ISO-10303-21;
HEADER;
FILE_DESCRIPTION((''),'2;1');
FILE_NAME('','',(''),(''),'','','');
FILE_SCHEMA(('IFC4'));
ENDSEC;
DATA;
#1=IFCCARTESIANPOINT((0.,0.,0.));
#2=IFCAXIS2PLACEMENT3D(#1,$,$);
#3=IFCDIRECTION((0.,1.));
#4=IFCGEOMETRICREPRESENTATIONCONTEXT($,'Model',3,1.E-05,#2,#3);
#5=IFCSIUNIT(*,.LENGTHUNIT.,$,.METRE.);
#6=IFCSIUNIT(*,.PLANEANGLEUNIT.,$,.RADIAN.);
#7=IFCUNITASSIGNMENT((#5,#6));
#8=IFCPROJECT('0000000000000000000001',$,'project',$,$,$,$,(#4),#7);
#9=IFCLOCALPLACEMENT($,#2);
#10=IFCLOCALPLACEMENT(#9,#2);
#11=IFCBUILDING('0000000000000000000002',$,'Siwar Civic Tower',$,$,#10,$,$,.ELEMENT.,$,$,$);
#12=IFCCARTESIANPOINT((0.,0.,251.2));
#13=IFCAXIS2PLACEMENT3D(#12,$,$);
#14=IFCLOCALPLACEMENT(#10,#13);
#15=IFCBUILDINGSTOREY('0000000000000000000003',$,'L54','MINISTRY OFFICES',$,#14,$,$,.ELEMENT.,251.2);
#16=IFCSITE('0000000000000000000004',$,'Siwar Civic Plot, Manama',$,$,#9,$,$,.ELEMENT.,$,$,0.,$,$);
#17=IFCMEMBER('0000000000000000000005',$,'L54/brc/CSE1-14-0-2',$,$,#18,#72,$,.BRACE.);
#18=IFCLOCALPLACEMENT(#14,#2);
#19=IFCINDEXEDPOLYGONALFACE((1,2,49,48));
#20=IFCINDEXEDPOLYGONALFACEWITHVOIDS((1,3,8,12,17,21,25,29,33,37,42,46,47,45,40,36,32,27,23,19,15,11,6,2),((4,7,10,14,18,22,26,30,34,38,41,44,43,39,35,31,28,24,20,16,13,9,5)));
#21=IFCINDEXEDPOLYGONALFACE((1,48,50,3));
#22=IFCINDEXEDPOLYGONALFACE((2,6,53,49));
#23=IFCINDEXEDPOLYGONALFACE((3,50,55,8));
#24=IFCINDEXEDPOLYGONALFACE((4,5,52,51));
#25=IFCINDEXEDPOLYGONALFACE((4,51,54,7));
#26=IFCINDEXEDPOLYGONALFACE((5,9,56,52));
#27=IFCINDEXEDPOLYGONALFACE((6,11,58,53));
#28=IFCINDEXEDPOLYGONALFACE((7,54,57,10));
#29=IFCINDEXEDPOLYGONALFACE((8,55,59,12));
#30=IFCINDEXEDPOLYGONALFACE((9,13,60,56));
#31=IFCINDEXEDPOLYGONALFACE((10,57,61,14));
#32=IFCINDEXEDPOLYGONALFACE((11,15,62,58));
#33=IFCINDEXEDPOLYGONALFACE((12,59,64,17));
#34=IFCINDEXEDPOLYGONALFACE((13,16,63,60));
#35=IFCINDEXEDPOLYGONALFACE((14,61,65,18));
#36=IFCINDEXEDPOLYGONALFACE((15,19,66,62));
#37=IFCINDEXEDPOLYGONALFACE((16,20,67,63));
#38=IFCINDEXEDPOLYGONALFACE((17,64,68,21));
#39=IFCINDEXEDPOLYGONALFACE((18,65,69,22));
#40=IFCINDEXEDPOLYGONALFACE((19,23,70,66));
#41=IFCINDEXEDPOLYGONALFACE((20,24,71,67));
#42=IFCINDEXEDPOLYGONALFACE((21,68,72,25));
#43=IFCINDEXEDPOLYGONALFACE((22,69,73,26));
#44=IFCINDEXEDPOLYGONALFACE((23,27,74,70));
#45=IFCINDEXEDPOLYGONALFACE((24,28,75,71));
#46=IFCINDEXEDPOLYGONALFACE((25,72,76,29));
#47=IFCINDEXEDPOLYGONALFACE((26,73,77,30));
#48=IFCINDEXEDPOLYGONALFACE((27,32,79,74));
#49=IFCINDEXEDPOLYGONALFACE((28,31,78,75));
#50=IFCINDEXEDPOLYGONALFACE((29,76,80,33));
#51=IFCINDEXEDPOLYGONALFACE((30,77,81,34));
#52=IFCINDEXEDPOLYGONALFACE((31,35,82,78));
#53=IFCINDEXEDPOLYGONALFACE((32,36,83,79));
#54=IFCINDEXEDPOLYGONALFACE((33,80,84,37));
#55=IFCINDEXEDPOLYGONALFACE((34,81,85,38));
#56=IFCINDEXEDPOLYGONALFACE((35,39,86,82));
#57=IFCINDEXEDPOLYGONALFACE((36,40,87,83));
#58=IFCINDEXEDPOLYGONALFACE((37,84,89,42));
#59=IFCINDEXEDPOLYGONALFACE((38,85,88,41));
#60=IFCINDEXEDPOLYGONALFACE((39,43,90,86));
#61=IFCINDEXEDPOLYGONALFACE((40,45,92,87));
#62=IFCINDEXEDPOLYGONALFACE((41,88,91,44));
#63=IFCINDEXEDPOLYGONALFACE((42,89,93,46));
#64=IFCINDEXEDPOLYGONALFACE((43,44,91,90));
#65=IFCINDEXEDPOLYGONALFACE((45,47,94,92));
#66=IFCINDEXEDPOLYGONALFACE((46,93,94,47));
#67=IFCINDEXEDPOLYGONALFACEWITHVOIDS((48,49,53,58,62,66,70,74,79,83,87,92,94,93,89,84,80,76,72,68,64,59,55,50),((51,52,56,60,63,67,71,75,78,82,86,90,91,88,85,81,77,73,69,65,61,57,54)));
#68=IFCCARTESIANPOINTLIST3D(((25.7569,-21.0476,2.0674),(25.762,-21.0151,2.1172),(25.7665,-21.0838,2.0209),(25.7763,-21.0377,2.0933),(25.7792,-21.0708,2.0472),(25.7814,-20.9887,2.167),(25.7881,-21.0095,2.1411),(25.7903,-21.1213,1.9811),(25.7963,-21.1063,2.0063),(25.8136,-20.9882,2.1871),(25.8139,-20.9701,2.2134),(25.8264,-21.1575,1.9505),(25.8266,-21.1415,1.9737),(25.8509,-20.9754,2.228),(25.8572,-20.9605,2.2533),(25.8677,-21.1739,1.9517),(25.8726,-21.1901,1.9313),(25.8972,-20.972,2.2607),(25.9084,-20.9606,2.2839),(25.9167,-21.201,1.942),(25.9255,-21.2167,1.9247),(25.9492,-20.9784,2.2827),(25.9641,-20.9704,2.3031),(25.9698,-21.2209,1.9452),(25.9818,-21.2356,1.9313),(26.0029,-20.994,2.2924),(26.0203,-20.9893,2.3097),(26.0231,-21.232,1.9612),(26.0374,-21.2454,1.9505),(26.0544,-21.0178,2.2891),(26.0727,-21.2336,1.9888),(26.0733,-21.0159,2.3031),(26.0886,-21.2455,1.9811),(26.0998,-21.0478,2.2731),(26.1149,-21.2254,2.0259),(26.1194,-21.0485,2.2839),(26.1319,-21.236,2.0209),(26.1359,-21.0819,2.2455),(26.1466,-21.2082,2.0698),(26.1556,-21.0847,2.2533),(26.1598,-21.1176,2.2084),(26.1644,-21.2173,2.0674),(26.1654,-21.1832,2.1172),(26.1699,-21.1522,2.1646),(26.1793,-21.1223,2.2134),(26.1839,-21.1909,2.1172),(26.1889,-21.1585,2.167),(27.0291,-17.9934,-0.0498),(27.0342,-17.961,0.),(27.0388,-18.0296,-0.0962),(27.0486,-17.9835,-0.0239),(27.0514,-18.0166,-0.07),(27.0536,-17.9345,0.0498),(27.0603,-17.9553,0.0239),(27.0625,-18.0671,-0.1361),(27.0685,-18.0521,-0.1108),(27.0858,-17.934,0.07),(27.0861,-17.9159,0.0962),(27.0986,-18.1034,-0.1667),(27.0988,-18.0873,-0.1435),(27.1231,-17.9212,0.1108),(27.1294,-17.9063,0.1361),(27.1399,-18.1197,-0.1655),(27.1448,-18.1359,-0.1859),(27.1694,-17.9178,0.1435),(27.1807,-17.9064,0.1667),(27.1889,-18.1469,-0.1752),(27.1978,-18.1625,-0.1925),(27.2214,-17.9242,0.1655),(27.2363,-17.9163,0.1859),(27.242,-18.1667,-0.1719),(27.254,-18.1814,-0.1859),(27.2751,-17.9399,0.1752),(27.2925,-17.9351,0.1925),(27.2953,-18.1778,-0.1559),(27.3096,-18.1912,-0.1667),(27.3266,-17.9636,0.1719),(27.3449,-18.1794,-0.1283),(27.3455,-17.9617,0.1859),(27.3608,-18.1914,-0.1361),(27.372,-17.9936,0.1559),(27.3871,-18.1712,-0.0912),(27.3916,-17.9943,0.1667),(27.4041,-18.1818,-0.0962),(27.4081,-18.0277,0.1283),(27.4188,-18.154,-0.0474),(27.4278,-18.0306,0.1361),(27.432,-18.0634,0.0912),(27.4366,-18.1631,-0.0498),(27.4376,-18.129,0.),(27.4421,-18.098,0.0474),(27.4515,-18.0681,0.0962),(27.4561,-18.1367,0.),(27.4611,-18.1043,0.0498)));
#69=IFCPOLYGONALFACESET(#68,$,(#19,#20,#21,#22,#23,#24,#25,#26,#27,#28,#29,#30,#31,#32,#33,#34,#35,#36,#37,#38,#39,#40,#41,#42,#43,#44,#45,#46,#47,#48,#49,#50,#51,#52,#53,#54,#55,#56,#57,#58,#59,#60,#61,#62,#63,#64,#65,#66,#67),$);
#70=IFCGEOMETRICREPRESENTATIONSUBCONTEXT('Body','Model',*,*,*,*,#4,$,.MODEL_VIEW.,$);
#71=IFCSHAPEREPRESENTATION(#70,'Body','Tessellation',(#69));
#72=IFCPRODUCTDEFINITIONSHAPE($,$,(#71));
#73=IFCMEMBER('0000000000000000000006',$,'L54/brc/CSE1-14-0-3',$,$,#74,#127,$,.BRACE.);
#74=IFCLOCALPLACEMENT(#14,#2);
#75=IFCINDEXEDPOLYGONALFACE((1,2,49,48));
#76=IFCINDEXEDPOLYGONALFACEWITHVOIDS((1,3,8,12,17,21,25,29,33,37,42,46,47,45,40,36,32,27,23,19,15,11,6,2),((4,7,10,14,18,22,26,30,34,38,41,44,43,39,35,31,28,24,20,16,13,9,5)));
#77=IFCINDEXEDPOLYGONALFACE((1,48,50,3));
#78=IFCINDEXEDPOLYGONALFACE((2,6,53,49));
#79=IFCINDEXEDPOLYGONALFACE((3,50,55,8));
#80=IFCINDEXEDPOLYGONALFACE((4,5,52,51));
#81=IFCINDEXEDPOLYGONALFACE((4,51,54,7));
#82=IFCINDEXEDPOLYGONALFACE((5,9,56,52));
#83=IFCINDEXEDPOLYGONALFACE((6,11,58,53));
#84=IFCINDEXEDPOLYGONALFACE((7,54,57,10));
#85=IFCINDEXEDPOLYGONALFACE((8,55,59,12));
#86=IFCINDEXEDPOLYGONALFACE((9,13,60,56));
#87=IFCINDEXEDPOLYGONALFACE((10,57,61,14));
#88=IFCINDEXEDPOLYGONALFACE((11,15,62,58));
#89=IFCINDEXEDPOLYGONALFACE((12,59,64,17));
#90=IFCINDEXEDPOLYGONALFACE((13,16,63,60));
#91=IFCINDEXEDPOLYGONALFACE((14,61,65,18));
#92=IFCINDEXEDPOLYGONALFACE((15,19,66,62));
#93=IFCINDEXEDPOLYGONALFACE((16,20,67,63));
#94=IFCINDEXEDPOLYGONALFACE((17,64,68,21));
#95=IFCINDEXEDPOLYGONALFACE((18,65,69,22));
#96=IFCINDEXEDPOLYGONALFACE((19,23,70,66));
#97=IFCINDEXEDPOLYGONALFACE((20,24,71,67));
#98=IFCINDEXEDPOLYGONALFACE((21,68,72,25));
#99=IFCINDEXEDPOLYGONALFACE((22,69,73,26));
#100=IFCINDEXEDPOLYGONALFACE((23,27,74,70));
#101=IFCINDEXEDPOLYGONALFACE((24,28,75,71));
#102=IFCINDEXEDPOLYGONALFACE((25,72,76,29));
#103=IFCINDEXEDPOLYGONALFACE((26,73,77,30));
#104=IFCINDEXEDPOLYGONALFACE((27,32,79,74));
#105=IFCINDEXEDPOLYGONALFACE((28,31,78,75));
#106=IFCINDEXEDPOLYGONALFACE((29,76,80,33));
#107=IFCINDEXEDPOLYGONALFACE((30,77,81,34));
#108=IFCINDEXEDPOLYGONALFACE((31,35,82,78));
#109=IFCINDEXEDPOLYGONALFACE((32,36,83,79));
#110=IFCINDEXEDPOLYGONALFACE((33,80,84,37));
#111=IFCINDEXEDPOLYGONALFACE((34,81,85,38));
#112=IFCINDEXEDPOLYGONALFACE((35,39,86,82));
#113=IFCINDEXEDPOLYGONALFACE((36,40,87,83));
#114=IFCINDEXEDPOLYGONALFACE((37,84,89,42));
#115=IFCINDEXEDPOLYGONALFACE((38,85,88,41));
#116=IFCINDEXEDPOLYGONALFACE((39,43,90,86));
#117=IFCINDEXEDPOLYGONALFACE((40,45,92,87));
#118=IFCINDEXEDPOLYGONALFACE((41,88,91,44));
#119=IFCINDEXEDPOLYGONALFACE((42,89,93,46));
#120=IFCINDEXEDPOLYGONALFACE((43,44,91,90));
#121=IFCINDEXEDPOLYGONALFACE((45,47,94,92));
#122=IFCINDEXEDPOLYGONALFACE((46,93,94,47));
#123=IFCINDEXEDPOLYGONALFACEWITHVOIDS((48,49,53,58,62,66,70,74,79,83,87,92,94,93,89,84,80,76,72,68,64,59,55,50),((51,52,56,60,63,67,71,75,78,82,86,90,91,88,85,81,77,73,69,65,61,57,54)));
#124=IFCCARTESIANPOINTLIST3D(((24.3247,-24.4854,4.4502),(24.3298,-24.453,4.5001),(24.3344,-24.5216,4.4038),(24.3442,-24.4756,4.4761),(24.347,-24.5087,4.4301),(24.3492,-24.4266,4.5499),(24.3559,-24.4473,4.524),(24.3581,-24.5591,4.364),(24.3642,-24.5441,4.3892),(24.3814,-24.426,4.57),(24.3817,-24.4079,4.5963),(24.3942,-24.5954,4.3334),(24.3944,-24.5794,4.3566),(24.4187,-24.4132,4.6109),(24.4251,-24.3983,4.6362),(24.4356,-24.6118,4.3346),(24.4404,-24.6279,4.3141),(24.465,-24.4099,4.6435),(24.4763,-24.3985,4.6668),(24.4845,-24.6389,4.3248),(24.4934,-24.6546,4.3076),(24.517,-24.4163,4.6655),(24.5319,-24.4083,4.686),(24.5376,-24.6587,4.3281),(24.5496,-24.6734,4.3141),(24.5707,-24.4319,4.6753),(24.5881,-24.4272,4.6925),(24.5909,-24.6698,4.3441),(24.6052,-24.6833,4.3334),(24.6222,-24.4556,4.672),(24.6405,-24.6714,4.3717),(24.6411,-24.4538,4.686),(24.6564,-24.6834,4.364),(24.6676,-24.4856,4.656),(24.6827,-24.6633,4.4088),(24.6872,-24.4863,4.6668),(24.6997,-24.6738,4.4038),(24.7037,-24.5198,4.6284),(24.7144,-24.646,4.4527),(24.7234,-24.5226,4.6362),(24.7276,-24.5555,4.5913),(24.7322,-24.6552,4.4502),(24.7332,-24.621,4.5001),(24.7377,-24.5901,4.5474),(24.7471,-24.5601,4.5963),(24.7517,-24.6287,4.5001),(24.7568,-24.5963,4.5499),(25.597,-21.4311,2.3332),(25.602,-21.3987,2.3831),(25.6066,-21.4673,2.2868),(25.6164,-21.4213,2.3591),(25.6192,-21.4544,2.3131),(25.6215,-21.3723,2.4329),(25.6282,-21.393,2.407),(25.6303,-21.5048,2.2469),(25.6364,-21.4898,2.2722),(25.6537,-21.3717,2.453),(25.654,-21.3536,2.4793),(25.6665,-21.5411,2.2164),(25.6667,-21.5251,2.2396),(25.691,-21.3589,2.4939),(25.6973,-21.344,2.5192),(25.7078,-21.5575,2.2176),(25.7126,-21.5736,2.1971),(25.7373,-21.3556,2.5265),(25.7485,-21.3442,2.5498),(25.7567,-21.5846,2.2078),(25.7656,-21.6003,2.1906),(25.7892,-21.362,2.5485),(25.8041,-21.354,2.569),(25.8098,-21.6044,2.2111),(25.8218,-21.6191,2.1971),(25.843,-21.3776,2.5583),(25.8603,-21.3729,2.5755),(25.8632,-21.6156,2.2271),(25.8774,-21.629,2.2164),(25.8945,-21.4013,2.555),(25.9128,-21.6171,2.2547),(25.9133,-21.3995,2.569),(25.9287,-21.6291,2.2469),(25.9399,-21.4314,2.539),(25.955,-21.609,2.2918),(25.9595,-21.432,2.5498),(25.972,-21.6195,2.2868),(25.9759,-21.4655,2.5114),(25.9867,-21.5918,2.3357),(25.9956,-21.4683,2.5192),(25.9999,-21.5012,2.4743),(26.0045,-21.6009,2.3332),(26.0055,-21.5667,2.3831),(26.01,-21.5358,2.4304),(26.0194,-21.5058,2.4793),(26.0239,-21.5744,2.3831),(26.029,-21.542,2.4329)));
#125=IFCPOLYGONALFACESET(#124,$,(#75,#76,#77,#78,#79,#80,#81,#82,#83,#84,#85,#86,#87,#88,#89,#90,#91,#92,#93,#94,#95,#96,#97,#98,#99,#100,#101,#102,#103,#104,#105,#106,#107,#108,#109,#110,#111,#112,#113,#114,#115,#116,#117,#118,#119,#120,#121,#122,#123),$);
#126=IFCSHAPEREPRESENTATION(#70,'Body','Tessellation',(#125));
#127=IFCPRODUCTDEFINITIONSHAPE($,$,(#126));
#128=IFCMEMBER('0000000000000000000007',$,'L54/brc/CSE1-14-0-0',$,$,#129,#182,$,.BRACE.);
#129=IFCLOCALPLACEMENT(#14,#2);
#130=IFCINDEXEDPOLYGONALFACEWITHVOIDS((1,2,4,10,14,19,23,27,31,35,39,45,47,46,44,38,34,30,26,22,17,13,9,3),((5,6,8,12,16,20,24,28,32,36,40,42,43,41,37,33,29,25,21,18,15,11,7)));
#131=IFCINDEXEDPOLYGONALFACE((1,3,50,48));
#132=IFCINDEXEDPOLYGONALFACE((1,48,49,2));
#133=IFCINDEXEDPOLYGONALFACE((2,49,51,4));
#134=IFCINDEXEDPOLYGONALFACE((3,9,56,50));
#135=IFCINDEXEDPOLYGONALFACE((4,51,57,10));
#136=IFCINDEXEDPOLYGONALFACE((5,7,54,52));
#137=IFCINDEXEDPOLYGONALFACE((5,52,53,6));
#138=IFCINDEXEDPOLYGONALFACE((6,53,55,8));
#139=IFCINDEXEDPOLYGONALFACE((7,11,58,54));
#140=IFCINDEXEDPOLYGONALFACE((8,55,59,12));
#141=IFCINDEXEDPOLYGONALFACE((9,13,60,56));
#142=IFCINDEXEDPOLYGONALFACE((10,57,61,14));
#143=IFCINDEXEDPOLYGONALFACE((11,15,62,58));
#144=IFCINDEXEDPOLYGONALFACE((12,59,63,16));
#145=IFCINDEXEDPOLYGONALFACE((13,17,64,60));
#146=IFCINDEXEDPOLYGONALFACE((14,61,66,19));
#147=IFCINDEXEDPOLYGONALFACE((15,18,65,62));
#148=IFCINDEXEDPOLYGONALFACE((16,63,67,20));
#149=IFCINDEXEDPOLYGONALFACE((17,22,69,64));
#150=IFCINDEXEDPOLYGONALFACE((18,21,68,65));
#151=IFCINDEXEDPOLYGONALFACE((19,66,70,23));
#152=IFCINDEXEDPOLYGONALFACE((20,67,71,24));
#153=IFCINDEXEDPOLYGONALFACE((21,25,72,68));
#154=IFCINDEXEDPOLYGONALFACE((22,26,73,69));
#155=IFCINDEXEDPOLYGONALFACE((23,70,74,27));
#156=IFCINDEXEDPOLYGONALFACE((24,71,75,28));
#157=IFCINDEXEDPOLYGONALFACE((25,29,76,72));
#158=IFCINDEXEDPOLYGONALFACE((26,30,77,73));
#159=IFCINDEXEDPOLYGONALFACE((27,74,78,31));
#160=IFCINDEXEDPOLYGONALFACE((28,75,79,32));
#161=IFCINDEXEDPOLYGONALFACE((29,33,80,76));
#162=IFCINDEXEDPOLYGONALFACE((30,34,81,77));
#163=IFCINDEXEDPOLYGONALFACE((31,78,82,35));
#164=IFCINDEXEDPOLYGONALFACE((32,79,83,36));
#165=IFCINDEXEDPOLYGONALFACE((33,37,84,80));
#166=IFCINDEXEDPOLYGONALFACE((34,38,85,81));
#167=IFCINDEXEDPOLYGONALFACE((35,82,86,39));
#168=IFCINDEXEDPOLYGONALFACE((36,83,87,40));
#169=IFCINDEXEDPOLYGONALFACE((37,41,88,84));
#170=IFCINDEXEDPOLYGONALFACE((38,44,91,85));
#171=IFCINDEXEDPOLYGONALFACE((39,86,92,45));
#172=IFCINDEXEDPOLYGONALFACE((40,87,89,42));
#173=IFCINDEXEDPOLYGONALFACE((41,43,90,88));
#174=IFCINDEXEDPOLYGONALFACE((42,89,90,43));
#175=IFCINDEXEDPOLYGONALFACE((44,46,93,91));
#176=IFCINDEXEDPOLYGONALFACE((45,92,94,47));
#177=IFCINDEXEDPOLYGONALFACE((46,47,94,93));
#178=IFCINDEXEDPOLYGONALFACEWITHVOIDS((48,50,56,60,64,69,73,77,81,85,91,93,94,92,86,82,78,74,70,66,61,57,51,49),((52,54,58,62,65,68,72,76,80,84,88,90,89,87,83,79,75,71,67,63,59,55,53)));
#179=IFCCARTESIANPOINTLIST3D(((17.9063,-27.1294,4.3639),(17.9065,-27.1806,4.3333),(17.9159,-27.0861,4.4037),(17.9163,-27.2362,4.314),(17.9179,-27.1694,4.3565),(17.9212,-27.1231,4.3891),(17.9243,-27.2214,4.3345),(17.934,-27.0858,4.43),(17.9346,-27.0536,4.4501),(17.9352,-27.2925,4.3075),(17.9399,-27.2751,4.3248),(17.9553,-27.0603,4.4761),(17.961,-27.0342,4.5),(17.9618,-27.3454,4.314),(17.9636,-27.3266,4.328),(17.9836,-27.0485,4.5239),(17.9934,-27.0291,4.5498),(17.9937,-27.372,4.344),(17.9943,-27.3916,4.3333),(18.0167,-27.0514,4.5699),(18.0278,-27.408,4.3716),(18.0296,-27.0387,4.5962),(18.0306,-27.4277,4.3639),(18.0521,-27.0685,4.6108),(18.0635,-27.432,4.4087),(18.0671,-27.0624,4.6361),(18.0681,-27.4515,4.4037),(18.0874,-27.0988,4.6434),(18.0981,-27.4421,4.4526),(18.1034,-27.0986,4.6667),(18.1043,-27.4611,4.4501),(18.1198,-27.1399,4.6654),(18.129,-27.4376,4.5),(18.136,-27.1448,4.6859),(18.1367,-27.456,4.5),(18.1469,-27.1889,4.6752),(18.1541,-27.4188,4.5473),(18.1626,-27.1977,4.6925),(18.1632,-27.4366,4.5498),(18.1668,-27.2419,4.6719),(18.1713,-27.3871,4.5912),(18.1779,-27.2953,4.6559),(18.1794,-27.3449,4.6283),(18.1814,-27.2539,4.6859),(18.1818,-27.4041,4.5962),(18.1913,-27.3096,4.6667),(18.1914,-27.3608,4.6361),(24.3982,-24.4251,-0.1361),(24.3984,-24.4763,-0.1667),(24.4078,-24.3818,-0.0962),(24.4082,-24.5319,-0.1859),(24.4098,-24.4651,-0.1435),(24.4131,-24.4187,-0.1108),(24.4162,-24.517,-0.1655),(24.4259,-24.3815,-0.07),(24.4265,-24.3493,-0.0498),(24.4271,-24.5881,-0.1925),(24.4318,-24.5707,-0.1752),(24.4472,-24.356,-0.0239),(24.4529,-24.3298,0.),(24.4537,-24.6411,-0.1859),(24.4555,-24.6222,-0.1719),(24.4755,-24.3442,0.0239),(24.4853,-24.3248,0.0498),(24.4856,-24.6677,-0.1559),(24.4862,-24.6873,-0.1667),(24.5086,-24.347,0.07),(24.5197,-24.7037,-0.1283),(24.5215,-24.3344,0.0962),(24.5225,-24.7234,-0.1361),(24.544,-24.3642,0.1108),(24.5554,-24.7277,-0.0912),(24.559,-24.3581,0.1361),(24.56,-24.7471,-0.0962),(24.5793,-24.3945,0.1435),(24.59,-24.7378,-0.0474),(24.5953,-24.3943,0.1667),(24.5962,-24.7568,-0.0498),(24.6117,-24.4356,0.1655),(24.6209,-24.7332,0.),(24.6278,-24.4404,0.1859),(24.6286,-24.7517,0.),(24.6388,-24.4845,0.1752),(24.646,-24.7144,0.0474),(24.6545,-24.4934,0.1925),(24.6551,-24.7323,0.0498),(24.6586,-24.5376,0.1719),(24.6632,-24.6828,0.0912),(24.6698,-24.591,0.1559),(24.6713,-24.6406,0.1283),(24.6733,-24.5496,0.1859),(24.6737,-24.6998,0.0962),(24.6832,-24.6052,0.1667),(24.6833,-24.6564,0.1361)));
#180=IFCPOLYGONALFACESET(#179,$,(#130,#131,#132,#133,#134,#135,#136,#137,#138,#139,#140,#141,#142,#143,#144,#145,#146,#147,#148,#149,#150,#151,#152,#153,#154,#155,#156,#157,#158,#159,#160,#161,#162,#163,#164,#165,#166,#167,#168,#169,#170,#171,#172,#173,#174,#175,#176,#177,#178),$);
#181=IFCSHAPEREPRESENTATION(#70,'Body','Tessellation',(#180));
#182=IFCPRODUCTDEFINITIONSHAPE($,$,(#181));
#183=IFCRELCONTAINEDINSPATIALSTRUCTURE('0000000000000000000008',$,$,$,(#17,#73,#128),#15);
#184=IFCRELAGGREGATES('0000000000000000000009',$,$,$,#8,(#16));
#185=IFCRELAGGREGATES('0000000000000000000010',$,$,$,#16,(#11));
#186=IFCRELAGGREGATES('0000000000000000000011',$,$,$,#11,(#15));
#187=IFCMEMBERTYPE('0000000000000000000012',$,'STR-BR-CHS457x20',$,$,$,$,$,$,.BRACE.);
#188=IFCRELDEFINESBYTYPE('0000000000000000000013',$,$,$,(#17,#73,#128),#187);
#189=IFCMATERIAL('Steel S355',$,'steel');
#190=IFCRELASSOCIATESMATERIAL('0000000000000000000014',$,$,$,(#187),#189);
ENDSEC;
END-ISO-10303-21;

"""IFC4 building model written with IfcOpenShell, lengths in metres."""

from ifc_helpers import new_model, si_unit, direction, frame, origin, origin_2d, place, context, subcontext, project, spatial, hollow_circle, extrude, material, material_profile, profile_set, type_object, element, save


model = new_model("IFC4")

# Units and contexts
model_context = context("Model", 3, precision=1e-05, world=origin(), true_north=direction((0.0, 1.0)))
body_context = subcontext(model_context, "Body", "Model", "MODEL_VIEW")
ifc_project = project(units=[si_unit("LENGTHUNIT", "METRE"), si_unit("PLANEANGLEUNIT", "RADIAN")], contexts=[model_context])

# Site, building, storey
site_placement = place(None, origin())
site = spatial("IfcSite", under=ifc_project, at=site_placement, Name="Siwar Civic Plot, Manama", CompositionType="ELEMENT", RefElevation=0.0)
building_placement = place(site_placement, origin())
building = spatial("IfcBuilding", under=site, at=building_placement, Name="Siwar Civic Tower", CompositionType="ELEMENT")
storey_placement = place(building_placement, frame((0.0, 0.0, 251.2)))
storey = spatial("IfcBuildingStorey", under=building, at=storey_placement, Name="L54", Description="MINISTRY OFFICES", CompositionType="ELEMENT", Elevation=251.2)

# Members
ifc_material_1 = material(Name="Steel S355", Category="steel")
ifc_material_profile_1 = material_profile(ifc_material_1, hollow_circle(Radius=0.2285, WallThickness=0.02, at=origin_2d()), Name="CHS457x20")
ifc_profile_set_1 = profile_set([ifc_material_profile_1], Name="Steel S355")
member_type_1 = type_object("IfcMemberType", Name="STR-BR-CHS457x20", PredefinedType="BRACE", material=ifc_profile_set_1)
for number, where, z_axis, x_axis, name in (
    (1, (27.2451, -18.0488, 0.0), (-0.323884, -0.777546, 0.538999), (0.923116, -0.384521, 0.0), "L54/brc/CSE1-14-0-2"),
    (2, (25.813, -21.4866, 2.3831), (-0.323895, -0.777572, 0.538955), (0.923116, -0.384521, 0.0), "L54/brc/CSE1-14-0-3"),
):
    element("IfcMember", number, at=place(storey_placement, frame(where, z_axis=z_axis, x_axis=x_axis)), inside=storey, type_object=member_type_1, Name=name, PredefinedType="BRACE", context=body_context, shape_type="SweptSolid", body=[
        extrude(hollow_circle(Radius=0.2285, WallThickness=0.02, at=origin_2d()), origin(), (0.0, 0.0, 1.0), 3.928),
    ])
member_1_placement = place(storey_placement, frame((24.5408, -24.5408, 0.0), z_axis=(-0.777555, -0.323906, 0.538975), x_axis=(0.384539, -0.923109, 0.0)))
element("IfcMember", 3, at=member_1_placement, inside=storey, type_object=member_type_1, Name="L54/brc/CSE1-14-0-0", PredefinedType="BRACE", context=body_context, shape_type="SweptSolid", body=[
    extrude(hollow_circle(Radius=0.2285, WallThickness=0.02, at=origin_2d()), origin(), (0.0, 0.0, 1.0), 8.3491),
])

save(model, "model.ifc")
